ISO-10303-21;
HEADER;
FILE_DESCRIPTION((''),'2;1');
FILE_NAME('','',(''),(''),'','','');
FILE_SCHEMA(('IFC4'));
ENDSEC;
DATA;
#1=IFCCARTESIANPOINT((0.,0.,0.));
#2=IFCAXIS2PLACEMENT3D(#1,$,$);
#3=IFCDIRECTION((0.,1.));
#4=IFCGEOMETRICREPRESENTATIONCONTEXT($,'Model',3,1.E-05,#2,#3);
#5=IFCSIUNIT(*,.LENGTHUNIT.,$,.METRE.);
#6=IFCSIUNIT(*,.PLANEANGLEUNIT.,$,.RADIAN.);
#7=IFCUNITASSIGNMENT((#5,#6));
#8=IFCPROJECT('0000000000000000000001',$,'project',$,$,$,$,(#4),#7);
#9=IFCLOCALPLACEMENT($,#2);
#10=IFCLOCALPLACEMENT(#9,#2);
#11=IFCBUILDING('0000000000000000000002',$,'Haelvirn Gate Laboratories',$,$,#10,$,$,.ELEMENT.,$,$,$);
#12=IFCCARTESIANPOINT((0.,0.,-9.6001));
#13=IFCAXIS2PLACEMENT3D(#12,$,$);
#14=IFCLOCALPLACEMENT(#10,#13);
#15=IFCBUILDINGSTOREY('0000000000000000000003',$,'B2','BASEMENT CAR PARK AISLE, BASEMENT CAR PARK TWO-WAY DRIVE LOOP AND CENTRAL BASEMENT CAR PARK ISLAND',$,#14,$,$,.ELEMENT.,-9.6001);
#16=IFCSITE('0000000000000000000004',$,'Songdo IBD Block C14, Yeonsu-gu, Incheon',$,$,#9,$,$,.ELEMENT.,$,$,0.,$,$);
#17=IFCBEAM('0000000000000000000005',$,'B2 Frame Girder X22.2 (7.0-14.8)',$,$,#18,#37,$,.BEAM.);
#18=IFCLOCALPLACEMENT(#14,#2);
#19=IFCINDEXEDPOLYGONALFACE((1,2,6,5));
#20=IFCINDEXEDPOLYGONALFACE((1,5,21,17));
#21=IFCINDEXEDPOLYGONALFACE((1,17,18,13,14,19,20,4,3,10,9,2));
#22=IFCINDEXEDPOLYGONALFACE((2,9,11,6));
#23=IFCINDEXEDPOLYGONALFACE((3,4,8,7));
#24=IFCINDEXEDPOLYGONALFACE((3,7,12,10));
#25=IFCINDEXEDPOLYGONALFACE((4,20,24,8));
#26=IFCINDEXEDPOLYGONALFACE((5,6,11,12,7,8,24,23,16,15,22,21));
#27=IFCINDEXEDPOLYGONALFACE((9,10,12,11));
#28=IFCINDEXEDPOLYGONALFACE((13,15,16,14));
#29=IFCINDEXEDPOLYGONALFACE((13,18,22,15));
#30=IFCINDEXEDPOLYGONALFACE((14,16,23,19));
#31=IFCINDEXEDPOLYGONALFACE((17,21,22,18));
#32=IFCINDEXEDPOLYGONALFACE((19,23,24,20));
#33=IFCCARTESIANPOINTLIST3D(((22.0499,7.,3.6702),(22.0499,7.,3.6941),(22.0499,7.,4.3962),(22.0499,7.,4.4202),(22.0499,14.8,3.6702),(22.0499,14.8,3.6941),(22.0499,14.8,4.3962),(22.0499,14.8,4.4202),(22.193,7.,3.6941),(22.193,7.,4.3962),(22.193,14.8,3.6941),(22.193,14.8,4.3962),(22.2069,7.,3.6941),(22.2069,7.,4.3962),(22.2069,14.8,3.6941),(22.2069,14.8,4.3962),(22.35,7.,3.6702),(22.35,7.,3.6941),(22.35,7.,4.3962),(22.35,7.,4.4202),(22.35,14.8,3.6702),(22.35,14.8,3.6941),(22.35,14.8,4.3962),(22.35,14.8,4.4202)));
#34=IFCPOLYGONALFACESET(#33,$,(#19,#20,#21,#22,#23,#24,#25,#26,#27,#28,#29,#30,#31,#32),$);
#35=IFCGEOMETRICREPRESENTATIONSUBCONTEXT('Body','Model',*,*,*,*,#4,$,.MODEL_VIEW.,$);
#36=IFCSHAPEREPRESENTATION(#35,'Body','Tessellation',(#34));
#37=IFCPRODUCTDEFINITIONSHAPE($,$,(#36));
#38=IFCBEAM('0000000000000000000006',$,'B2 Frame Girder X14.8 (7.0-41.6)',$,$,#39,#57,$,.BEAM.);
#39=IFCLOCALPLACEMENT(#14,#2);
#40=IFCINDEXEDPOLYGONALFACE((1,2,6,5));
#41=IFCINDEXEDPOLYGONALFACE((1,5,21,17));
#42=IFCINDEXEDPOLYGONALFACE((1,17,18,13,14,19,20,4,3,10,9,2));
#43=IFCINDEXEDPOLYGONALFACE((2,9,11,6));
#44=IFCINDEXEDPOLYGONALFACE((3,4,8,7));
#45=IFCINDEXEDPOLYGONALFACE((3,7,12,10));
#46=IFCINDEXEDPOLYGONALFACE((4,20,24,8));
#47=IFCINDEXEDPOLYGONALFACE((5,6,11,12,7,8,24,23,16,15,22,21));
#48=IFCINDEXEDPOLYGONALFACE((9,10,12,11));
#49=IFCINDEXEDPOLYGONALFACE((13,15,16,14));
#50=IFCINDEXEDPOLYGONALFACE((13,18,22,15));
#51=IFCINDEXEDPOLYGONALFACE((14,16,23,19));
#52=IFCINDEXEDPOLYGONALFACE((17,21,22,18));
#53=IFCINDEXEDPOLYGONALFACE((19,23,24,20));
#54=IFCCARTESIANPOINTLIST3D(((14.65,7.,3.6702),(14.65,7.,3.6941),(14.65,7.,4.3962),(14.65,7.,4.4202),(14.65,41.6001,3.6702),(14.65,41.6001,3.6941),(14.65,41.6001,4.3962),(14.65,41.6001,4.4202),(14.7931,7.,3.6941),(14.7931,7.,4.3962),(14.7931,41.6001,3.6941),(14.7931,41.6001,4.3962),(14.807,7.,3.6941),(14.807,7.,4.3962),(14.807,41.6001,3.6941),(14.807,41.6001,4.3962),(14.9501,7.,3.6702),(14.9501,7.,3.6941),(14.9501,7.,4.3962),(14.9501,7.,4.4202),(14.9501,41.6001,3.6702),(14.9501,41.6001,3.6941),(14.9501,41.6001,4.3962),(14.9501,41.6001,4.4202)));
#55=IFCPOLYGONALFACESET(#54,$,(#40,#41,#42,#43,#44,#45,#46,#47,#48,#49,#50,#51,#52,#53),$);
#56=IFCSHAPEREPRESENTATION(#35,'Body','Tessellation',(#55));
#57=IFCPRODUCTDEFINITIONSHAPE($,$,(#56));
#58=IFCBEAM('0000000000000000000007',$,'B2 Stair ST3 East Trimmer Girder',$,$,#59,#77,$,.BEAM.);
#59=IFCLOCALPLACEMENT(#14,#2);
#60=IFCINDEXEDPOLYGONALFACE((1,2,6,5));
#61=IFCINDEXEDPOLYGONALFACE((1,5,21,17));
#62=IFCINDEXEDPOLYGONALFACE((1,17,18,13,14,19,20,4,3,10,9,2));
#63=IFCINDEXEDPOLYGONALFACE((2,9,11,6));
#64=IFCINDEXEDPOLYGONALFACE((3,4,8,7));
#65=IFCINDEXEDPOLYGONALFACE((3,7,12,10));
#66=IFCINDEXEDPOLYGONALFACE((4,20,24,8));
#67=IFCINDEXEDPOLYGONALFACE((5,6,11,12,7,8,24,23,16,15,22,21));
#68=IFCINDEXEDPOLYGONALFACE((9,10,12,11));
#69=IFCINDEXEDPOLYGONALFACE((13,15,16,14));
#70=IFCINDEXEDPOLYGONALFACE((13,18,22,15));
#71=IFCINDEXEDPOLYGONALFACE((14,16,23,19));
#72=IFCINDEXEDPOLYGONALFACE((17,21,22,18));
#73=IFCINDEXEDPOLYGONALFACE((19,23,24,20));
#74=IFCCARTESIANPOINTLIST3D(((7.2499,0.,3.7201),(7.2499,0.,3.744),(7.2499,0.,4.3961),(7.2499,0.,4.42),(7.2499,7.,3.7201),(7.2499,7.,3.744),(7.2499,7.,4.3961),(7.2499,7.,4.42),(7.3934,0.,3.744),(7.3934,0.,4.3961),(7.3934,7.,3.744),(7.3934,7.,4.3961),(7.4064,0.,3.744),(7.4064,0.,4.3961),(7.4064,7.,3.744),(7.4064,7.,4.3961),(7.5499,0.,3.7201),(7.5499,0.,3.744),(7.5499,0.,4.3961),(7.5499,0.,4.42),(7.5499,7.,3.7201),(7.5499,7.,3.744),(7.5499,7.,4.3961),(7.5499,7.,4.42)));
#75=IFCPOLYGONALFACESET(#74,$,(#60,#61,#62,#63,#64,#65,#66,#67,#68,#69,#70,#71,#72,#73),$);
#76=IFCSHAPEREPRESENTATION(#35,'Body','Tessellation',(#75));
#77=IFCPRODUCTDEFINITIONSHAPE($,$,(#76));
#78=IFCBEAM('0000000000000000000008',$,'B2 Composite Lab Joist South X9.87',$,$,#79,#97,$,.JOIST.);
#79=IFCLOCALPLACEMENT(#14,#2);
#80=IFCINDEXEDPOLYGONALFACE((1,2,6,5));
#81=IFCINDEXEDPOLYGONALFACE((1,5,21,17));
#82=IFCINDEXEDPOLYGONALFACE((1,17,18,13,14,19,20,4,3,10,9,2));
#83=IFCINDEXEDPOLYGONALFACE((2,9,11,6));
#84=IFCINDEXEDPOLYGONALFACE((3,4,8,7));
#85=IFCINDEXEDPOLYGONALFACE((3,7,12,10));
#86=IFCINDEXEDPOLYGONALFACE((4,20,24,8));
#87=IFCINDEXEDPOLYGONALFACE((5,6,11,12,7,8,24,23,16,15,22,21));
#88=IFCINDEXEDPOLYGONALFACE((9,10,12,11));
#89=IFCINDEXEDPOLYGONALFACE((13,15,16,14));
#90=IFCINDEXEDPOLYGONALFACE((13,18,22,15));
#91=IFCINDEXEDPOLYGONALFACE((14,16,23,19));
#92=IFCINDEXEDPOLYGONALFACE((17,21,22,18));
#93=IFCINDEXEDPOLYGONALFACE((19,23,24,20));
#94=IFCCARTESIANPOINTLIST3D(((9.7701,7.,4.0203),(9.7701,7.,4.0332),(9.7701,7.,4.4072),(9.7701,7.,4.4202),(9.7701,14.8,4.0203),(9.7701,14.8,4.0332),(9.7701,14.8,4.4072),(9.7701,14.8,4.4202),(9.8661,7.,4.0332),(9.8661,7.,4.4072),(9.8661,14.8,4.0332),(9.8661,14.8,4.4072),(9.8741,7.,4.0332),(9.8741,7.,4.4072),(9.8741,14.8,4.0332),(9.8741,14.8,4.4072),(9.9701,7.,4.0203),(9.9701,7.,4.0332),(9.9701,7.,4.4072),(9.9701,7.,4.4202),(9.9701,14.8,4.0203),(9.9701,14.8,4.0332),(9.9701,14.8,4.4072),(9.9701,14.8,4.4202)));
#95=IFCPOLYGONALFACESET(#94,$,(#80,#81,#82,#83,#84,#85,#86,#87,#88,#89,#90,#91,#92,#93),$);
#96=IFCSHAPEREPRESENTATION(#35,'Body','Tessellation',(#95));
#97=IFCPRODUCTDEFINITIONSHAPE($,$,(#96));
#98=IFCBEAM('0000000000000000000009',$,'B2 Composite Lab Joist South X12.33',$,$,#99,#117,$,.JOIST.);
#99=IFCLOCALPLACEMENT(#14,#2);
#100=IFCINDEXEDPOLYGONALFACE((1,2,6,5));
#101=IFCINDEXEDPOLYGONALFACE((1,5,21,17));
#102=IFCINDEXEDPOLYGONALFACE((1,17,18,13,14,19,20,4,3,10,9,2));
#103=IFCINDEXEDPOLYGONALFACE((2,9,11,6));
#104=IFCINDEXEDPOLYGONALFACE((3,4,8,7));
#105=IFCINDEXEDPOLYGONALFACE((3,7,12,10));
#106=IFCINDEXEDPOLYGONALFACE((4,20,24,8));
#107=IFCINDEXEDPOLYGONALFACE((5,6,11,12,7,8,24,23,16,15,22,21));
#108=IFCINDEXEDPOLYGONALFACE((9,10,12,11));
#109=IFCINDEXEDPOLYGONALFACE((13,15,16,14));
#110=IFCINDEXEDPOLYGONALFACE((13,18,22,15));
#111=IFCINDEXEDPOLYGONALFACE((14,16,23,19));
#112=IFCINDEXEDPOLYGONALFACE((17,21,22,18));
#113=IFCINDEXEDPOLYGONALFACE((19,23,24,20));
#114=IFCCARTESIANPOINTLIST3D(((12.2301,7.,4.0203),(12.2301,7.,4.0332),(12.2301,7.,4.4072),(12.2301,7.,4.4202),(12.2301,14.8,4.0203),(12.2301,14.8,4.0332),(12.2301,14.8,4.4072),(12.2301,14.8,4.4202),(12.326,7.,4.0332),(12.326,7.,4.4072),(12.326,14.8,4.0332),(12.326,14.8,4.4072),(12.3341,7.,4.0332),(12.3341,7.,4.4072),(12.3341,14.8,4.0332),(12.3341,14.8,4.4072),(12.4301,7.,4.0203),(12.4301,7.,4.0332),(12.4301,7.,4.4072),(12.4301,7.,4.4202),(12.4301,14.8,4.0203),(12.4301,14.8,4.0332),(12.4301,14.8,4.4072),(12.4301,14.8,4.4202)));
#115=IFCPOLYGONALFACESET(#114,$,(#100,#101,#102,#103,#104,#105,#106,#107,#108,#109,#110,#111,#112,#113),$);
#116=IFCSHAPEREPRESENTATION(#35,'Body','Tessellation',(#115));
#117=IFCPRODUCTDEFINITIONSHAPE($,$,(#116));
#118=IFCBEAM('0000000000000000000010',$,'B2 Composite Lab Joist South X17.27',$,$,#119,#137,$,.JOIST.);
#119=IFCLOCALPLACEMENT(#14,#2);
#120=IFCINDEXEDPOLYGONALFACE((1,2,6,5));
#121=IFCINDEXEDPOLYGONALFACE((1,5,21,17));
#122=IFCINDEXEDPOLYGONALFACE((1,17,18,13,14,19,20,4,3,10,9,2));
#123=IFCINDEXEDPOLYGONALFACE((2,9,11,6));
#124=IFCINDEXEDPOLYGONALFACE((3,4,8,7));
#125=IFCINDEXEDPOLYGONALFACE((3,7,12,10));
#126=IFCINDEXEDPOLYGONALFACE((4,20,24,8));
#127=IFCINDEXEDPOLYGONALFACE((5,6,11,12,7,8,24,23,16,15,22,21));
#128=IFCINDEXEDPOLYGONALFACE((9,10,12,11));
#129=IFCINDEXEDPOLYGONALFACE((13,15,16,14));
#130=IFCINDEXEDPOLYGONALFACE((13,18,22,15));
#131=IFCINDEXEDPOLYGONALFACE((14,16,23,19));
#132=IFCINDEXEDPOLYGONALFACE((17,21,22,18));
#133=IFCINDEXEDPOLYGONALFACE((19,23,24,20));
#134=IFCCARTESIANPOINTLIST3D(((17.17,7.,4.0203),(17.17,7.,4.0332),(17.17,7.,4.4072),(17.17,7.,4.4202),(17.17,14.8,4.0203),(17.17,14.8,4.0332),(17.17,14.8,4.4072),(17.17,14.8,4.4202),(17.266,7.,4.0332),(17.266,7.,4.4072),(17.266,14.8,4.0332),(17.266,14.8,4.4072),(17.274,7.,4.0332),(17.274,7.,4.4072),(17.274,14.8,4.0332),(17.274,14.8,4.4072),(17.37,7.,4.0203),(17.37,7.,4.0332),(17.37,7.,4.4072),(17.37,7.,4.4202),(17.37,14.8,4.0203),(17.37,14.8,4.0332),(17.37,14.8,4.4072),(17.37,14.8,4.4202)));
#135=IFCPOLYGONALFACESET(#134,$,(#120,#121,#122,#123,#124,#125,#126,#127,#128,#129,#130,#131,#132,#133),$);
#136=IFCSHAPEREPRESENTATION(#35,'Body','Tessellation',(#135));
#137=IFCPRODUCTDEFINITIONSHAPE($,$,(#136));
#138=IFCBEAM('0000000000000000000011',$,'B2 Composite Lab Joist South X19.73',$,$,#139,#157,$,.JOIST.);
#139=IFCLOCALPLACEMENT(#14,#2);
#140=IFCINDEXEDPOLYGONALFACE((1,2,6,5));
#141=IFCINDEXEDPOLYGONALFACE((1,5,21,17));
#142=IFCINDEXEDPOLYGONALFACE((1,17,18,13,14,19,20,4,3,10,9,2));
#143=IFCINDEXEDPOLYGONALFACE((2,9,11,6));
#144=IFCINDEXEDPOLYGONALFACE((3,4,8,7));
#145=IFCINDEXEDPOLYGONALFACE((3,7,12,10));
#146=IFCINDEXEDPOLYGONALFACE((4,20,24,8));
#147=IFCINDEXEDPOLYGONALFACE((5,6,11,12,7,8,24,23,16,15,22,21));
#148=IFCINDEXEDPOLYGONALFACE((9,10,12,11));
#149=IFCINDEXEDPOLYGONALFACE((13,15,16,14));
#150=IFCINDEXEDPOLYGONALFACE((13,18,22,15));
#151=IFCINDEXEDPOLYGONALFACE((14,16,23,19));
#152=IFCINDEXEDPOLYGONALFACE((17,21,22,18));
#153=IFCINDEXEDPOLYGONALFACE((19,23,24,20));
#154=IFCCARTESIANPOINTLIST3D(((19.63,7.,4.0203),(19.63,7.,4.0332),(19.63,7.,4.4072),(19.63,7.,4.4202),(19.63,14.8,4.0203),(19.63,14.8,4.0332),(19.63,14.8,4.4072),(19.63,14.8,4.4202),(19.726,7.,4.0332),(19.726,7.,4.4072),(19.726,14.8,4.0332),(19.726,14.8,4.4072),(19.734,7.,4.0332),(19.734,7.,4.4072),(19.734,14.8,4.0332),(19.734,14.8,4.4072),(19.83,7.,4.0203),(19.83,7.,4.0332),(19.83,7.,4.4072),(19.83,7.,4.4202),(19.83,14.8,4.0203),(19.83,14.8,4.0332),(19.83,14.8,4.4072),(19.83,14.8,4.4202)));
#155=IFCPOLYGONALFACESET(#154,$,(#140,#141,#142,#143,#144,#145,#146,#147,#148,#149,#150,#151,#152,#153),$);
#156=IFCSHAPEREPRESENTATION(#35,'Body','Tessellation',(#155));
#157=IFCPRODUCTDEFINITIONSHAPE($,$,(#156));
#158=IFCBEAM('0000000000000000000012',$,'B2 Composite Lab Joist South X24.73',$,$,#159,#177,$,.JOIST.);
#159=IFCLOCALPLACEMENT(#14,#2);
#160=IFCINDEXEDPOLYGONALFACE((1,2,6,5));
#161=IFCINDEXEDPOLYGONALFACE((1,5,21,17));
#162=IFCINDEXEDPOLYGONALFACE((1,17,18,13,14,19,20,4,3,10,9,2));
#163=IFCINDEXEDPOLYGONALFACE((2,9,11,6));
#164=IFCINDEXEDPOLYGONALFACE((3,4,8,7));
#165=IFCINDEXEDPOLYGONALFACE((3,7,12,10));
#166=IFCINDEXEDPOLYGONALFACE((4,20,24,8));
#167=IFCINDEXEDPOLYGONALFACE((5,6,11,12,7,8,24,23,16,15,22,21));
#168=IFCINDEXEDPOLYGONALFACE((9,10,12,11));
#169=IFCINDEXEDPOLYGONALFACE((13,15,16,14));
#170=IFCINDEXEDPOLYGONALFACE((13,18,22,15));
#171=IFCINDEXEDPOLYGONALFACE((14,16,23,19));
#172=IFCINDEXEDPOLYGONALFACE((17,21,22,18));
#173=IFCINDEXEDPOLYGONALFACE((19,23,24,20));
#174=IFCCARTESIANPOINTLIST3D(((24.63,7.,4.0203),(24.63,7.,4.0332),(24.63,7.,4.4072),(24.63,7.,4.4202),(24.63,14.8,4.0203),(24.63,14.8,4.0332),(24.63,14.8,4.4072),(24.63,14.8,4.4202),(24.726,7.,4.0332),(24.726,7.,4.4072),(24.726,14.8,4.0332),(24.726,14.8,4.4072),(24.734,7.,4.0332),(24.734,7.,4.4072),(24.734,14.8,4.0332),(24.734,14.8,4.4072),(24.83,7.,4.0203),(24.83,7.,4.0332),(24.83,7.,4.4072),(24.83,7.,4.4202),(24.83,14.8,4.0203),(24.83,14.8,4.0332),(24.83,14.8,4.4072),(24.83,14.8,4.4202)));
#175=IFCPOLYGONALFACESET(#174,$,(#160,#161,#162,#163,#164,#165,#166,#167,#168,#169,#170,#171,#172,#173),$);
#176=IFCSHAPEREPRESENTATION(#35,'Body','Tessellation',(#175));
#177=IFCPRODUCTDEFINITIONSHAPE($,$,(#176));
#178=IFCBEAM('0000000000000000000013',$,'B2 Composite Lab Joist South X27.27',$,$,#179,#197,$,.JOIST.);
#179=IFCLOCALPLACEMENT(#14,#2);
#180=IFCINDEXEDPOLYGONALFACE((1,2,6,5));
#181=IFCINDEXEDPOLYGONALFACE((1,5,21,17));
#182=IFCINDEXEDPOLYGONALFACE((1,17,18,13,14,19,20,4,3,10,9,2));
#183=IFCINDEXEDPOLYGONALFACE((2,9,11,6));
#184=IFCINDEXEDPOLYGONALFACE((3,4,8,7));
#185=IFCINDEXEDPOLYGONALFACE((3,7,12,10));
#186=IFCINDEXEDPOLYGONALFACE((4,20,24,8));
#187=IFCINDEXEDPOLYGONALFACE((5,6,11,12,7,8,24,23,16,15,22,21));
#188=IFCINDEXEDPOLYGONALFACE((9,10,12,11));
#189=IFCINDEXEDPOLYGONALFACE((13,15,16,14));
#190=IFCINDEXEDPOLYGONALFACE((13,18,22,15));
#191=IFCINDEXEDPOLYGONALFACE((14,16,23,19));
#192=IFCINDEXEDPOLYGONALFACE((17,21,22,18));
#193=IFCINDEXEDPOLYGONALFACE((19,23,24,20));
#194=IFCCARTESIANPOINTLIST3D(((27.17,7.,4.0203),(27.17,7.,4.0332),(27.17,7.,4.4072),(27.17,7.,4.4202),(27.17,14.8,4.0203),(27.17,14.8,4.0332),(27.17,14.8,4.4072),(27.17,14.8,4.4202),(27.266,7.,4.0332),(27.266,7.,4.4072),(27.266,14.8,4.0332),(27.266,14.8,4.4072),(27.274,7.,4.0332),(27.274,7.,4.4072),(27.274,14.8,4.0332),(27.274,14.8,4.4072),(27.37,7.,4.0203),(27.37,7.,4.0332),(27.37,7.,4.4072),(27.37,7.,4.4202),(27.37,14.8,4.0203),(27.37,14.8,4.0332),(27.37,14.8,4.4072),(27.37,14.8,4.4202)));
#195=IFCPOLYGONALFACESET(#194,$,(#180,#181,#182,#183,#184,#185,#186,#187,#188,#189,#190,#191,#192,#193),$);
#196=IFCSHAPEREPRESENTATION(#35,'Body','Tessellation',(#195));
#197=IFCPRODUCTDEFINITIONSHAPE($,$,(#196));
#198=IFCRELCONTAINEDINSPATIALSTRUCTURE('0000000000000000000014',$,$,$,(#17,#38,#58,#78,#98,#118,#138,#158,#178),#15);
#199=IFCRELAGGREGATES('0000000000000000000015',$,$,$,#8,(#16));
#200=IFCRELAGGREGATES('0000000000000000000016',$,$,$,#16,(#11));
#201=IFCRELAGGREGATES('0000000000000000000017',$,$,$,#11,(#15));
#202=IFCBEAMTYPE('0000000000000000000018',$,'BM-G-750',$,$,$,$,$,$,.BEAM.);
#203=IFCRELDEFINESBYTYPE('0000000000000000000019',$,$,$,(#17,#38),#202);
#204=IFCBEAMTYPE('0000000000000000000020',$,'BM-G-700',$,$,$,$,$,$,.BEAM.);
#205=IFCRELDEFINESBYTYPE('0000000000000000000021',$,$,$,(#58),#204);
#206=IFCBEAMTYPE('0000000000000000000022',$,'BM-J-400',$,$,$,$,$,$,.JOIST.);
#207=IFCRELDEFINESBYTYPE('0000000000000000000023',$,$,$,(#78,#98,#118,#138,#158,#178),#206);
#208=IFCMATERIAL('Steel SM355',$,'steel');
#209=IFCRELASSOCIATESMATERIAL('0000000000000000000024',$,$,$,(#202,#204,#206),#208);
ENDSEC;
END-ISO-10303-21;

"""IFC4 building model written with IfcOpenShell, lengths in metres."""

from ifc_helpers import new_model, si_unit, direction, frame, origin, origin_2d, place, context, subcontext, project, spatial, i_section, extrude, source, transform, mapped, material, material_profile, profile_set, type_object, type_shapes, element, save


model = new_model("IFC4")

# Units and contexts
model_context = context("Model", 3, precision=1e-05, world=origin(), true_north=direction((0.0, 1.0)))
body_context = subcontext(model_context, "Body", "Model", "MODEL_VIEW")
ifc_project = project(units=[si_unit("LENGTHUNIT", "METRE"), si_unit("PLANEANGLEUNIT", "RADIAN")], contexts=[model_context])

# Site, building, storey
site_placement = place(None, origin())
site = spatial("IfcSite", under=ifc_project, at=site_placement, Name="Songdo IBD Block C14, Yeonsu-gu, Incheon", CompositionType="ELEMENT", RefElevation=0.0)
building_placement = place(site_placement, origin())
building = spatial("IfcBuilding", under=site, at=building_placement, Name="Haelvirn Gate Laboratories", CompositionType="ELEMENT")
storey_placement = place(building_placement, frame((0.0, 0.0, -9.6001)))
storey = spatial("IfcBuildingStorey", under=building, at=storey_placement, Name="B2", Description="BASEMENT CAR PARK AISLE, BASEMENT CAR PARK TWO-WAY DRIVE LOOP AND CENTRAL BASEMENT CAR PARK ISLAND", CompositionType="ELEMENT", Elevation=-9.6001)

# Beams
ifc_material_1 = material(Name="Steel SM355", Category="steel")
ifc_material_profile_1 = material_profile(ifc_material_1, i_section(OverallWidth=0.3, OverallDepth=0.75, WebThickness=0.0139, FlangeThickness=0.0239, at=origin_2d()), Name="H-750x300x14x24")
ifc_profile_set_1 = profile_set([ifc_material_profile_1], Name="Steel SM355")
beam_type_1 = type_object("IfcBeamType", Name="BM-G-750", PredefinedType="BEAM", material=ifc_profile_set_1)
shared_shape_1 = source(origin(), body_context, "Body", "SweptSolid", [
    extrude(i_section(OverallWidth=0.3, OverallDepth=0.75, WebThickness=0.0139, FlangeThickness=0.0239, at=origin_2d()), origin(), (0.0, 0.0, 1.0), 7.8),
])
for number, where, z_axis, x_axis, name in (
    (1, (22.2, 7.0, 4.0452), (0.0, 1.0, 0.0), (-1.0, 0.0, 0.0), "B2 Frame Girder X22.2 (7.0-14.8)"),
):
    element("IfcBeam", number, at=place(storey_placement, frame(where, z_axis=z_axis, x_axis=x_axis)), inside=storey, type_object=beam_type_1, Name=name, PredefinedType="BEAM", context=body_context, shape_type="MappedRepresentation", body=[
        mapped(shared_shape_1, transform((0.0, 0.0, 0.0), scale=1.0)),
    ])
shared_shape_2 = source(origin(), body_context, "Body", "SweptSolid", [
    extrude(i_section(OverallWidth=0.3, OverallDepth=0.75, WebThickness=0.0139, FlangeThickness=0.0239, at=origin_2d()), origin(), (0.0, 0.0, 1.0), 34.6001),
])
type_shapes(beam_type_1, [shared_shape_1, shared_shape_2])
beam_1_placement = place(storey_placement, frame((14.8, 7.0, 4.0452), z_axis=(0.0, 1.0, 0.0), x_axis=(-1.0, 0.0, 0.0)))
element("IfcBeam", 2, at=beam_1_placement, inside=storey, type_object=beam_type_1, Name="B2 Frame Girder X14.8 (7.0-41.6)", PredefinedType="BEAM", context=body_context, shape_type="MappedRepresentation", body=[
    mapped(shared_shape_2, transform((0.0, 0.0, 0.0), scale=1.0)),
])
ifc_material_profile_2 = material_profile(ifc_material_1, i_section(OverallWidth=0.3, OverallDepth=0.7, WebThickness=0.0129, FlangeThickness=0.0239, at=origin_2d()), Name="H-700x300x13x24")
ifc_profile_set_2 = profile_set([ifc_material_profile_2], Name="Steel SM355")
beam_type_2 = type_object("IfcBeamType", Name="BM-G-700", PredefinedType="BEAM", material=ifc_profile_set_2)
shared_shape_3 = source(origin(), body_context, "Body", "SweptSolid", [
    extrude(i_section(OverallWidth=0.3, OverallDepth=0.7, WebThickness=0.0129, FlangeThickness=0.0239, at=origin_2d()), origin(), (0.0, 0.0, 1.0), 7.0),
])
type_shapes(beam_type_2, [shared_shape_3])
beam_2_placement = place(storey_placement, frame((7.3999, 0.0, 4.0701), z_axis=(0.0, 1.0, 0.0), x_axis=(-1.0, 0.0, 0.0)))
element("IfcBeam", 3, at=beam_2_placement, inside=storey, type_object=beam_type_2, Name="B2 Stair ST3 East Trimmer Girder", PredefinedType="BEAM", context=body_context, shape_type="MappedRepresentation", body=[
    mapped(shared_shape_3, transform((0.0, 0.0, 0.0), scale=1.0)),
])
ifc_material_profile_3 = material_profile(ifc_material_1, i_section(OverallWidth=0.2, OverallDepth=0.3999, WebThickness=0.0081, FlangeThickness=0.0129, at=origin_2d()), Name="H-400x200x8x13")
ifc_profile_set_3 = profile_set([ifc_material_profile_3], Name="Steel SM355")
beam_type_3 = type_object("IfcBeamType", Name="BM-J-400", PredefinedType="JOIST", material=ifc_profile_set_3)
shared_shape_4 = source(origin(), body_context, "Body", "SweptSolid", [
    extrude(i_section(OverallWidth=0.2, OverallDepth=0.3999, WebThickness=0.0081, FlangeThickness=0.0129, at=origin_2d()), origin(), (0.0, 0.0, 1.0), 7.8),
])
type_shapes(beam_type_3, [shared_shape_4])
for number, where, z_axis, x_axis, name in (
    (4, (9.8701, 7.0, 4.2202), (0.0, 1.0, 0.0), (-1.0, 0.0, 0.0), "B2 Composite Lab Joist South X9.87"),
    (5, (12.3301, 7.0, 4.2202), (0.0, 1.0, 0.0), (-1.0, 0.0, 0.0), "B2 Composite Lab Joist South X12.33"),
    (6, (17.27, 7.0, 4.2202), (0.0, 1.0, 0.0), (-1.0, 0.0, 0.0), "B2 Composite Lab Joist South X17.27"),
    (7, (19.73, 7.0, 4.2202), (0.0, 1.0, 0.0), (-1.0, 0.0, 0.0), "B2 Composite Lab Joist South X19.73"),
    (8, (24.73, 7.0, 4.2202), (0.0, 1.0, 0.0), (-1.0, 0.0, 0.0), "B2 Composite Lab Joist South X24.73"),
    (9, (27.27, 7.0, 4.2202), (0.0, 1.0, 0.0), (-1.0, 0.0, 0.0), "B2 Composite Lab Joist South X27.27"),
):
    element("IfcBeam", number, at=place(storey_placement, frame(where, z_axis=z_axis, x_axis=x_axis)), inside=storey, type_object=beam_type_3, Name=name, PredefinedType="JOIST", context=body_context, shape_type="MappedRepresentation", body=[
        mapped(shared_shape_4, transform((0.0, 0.0, 0.0), scale=1.0)),
    ])

save(model, "model.ifc")
